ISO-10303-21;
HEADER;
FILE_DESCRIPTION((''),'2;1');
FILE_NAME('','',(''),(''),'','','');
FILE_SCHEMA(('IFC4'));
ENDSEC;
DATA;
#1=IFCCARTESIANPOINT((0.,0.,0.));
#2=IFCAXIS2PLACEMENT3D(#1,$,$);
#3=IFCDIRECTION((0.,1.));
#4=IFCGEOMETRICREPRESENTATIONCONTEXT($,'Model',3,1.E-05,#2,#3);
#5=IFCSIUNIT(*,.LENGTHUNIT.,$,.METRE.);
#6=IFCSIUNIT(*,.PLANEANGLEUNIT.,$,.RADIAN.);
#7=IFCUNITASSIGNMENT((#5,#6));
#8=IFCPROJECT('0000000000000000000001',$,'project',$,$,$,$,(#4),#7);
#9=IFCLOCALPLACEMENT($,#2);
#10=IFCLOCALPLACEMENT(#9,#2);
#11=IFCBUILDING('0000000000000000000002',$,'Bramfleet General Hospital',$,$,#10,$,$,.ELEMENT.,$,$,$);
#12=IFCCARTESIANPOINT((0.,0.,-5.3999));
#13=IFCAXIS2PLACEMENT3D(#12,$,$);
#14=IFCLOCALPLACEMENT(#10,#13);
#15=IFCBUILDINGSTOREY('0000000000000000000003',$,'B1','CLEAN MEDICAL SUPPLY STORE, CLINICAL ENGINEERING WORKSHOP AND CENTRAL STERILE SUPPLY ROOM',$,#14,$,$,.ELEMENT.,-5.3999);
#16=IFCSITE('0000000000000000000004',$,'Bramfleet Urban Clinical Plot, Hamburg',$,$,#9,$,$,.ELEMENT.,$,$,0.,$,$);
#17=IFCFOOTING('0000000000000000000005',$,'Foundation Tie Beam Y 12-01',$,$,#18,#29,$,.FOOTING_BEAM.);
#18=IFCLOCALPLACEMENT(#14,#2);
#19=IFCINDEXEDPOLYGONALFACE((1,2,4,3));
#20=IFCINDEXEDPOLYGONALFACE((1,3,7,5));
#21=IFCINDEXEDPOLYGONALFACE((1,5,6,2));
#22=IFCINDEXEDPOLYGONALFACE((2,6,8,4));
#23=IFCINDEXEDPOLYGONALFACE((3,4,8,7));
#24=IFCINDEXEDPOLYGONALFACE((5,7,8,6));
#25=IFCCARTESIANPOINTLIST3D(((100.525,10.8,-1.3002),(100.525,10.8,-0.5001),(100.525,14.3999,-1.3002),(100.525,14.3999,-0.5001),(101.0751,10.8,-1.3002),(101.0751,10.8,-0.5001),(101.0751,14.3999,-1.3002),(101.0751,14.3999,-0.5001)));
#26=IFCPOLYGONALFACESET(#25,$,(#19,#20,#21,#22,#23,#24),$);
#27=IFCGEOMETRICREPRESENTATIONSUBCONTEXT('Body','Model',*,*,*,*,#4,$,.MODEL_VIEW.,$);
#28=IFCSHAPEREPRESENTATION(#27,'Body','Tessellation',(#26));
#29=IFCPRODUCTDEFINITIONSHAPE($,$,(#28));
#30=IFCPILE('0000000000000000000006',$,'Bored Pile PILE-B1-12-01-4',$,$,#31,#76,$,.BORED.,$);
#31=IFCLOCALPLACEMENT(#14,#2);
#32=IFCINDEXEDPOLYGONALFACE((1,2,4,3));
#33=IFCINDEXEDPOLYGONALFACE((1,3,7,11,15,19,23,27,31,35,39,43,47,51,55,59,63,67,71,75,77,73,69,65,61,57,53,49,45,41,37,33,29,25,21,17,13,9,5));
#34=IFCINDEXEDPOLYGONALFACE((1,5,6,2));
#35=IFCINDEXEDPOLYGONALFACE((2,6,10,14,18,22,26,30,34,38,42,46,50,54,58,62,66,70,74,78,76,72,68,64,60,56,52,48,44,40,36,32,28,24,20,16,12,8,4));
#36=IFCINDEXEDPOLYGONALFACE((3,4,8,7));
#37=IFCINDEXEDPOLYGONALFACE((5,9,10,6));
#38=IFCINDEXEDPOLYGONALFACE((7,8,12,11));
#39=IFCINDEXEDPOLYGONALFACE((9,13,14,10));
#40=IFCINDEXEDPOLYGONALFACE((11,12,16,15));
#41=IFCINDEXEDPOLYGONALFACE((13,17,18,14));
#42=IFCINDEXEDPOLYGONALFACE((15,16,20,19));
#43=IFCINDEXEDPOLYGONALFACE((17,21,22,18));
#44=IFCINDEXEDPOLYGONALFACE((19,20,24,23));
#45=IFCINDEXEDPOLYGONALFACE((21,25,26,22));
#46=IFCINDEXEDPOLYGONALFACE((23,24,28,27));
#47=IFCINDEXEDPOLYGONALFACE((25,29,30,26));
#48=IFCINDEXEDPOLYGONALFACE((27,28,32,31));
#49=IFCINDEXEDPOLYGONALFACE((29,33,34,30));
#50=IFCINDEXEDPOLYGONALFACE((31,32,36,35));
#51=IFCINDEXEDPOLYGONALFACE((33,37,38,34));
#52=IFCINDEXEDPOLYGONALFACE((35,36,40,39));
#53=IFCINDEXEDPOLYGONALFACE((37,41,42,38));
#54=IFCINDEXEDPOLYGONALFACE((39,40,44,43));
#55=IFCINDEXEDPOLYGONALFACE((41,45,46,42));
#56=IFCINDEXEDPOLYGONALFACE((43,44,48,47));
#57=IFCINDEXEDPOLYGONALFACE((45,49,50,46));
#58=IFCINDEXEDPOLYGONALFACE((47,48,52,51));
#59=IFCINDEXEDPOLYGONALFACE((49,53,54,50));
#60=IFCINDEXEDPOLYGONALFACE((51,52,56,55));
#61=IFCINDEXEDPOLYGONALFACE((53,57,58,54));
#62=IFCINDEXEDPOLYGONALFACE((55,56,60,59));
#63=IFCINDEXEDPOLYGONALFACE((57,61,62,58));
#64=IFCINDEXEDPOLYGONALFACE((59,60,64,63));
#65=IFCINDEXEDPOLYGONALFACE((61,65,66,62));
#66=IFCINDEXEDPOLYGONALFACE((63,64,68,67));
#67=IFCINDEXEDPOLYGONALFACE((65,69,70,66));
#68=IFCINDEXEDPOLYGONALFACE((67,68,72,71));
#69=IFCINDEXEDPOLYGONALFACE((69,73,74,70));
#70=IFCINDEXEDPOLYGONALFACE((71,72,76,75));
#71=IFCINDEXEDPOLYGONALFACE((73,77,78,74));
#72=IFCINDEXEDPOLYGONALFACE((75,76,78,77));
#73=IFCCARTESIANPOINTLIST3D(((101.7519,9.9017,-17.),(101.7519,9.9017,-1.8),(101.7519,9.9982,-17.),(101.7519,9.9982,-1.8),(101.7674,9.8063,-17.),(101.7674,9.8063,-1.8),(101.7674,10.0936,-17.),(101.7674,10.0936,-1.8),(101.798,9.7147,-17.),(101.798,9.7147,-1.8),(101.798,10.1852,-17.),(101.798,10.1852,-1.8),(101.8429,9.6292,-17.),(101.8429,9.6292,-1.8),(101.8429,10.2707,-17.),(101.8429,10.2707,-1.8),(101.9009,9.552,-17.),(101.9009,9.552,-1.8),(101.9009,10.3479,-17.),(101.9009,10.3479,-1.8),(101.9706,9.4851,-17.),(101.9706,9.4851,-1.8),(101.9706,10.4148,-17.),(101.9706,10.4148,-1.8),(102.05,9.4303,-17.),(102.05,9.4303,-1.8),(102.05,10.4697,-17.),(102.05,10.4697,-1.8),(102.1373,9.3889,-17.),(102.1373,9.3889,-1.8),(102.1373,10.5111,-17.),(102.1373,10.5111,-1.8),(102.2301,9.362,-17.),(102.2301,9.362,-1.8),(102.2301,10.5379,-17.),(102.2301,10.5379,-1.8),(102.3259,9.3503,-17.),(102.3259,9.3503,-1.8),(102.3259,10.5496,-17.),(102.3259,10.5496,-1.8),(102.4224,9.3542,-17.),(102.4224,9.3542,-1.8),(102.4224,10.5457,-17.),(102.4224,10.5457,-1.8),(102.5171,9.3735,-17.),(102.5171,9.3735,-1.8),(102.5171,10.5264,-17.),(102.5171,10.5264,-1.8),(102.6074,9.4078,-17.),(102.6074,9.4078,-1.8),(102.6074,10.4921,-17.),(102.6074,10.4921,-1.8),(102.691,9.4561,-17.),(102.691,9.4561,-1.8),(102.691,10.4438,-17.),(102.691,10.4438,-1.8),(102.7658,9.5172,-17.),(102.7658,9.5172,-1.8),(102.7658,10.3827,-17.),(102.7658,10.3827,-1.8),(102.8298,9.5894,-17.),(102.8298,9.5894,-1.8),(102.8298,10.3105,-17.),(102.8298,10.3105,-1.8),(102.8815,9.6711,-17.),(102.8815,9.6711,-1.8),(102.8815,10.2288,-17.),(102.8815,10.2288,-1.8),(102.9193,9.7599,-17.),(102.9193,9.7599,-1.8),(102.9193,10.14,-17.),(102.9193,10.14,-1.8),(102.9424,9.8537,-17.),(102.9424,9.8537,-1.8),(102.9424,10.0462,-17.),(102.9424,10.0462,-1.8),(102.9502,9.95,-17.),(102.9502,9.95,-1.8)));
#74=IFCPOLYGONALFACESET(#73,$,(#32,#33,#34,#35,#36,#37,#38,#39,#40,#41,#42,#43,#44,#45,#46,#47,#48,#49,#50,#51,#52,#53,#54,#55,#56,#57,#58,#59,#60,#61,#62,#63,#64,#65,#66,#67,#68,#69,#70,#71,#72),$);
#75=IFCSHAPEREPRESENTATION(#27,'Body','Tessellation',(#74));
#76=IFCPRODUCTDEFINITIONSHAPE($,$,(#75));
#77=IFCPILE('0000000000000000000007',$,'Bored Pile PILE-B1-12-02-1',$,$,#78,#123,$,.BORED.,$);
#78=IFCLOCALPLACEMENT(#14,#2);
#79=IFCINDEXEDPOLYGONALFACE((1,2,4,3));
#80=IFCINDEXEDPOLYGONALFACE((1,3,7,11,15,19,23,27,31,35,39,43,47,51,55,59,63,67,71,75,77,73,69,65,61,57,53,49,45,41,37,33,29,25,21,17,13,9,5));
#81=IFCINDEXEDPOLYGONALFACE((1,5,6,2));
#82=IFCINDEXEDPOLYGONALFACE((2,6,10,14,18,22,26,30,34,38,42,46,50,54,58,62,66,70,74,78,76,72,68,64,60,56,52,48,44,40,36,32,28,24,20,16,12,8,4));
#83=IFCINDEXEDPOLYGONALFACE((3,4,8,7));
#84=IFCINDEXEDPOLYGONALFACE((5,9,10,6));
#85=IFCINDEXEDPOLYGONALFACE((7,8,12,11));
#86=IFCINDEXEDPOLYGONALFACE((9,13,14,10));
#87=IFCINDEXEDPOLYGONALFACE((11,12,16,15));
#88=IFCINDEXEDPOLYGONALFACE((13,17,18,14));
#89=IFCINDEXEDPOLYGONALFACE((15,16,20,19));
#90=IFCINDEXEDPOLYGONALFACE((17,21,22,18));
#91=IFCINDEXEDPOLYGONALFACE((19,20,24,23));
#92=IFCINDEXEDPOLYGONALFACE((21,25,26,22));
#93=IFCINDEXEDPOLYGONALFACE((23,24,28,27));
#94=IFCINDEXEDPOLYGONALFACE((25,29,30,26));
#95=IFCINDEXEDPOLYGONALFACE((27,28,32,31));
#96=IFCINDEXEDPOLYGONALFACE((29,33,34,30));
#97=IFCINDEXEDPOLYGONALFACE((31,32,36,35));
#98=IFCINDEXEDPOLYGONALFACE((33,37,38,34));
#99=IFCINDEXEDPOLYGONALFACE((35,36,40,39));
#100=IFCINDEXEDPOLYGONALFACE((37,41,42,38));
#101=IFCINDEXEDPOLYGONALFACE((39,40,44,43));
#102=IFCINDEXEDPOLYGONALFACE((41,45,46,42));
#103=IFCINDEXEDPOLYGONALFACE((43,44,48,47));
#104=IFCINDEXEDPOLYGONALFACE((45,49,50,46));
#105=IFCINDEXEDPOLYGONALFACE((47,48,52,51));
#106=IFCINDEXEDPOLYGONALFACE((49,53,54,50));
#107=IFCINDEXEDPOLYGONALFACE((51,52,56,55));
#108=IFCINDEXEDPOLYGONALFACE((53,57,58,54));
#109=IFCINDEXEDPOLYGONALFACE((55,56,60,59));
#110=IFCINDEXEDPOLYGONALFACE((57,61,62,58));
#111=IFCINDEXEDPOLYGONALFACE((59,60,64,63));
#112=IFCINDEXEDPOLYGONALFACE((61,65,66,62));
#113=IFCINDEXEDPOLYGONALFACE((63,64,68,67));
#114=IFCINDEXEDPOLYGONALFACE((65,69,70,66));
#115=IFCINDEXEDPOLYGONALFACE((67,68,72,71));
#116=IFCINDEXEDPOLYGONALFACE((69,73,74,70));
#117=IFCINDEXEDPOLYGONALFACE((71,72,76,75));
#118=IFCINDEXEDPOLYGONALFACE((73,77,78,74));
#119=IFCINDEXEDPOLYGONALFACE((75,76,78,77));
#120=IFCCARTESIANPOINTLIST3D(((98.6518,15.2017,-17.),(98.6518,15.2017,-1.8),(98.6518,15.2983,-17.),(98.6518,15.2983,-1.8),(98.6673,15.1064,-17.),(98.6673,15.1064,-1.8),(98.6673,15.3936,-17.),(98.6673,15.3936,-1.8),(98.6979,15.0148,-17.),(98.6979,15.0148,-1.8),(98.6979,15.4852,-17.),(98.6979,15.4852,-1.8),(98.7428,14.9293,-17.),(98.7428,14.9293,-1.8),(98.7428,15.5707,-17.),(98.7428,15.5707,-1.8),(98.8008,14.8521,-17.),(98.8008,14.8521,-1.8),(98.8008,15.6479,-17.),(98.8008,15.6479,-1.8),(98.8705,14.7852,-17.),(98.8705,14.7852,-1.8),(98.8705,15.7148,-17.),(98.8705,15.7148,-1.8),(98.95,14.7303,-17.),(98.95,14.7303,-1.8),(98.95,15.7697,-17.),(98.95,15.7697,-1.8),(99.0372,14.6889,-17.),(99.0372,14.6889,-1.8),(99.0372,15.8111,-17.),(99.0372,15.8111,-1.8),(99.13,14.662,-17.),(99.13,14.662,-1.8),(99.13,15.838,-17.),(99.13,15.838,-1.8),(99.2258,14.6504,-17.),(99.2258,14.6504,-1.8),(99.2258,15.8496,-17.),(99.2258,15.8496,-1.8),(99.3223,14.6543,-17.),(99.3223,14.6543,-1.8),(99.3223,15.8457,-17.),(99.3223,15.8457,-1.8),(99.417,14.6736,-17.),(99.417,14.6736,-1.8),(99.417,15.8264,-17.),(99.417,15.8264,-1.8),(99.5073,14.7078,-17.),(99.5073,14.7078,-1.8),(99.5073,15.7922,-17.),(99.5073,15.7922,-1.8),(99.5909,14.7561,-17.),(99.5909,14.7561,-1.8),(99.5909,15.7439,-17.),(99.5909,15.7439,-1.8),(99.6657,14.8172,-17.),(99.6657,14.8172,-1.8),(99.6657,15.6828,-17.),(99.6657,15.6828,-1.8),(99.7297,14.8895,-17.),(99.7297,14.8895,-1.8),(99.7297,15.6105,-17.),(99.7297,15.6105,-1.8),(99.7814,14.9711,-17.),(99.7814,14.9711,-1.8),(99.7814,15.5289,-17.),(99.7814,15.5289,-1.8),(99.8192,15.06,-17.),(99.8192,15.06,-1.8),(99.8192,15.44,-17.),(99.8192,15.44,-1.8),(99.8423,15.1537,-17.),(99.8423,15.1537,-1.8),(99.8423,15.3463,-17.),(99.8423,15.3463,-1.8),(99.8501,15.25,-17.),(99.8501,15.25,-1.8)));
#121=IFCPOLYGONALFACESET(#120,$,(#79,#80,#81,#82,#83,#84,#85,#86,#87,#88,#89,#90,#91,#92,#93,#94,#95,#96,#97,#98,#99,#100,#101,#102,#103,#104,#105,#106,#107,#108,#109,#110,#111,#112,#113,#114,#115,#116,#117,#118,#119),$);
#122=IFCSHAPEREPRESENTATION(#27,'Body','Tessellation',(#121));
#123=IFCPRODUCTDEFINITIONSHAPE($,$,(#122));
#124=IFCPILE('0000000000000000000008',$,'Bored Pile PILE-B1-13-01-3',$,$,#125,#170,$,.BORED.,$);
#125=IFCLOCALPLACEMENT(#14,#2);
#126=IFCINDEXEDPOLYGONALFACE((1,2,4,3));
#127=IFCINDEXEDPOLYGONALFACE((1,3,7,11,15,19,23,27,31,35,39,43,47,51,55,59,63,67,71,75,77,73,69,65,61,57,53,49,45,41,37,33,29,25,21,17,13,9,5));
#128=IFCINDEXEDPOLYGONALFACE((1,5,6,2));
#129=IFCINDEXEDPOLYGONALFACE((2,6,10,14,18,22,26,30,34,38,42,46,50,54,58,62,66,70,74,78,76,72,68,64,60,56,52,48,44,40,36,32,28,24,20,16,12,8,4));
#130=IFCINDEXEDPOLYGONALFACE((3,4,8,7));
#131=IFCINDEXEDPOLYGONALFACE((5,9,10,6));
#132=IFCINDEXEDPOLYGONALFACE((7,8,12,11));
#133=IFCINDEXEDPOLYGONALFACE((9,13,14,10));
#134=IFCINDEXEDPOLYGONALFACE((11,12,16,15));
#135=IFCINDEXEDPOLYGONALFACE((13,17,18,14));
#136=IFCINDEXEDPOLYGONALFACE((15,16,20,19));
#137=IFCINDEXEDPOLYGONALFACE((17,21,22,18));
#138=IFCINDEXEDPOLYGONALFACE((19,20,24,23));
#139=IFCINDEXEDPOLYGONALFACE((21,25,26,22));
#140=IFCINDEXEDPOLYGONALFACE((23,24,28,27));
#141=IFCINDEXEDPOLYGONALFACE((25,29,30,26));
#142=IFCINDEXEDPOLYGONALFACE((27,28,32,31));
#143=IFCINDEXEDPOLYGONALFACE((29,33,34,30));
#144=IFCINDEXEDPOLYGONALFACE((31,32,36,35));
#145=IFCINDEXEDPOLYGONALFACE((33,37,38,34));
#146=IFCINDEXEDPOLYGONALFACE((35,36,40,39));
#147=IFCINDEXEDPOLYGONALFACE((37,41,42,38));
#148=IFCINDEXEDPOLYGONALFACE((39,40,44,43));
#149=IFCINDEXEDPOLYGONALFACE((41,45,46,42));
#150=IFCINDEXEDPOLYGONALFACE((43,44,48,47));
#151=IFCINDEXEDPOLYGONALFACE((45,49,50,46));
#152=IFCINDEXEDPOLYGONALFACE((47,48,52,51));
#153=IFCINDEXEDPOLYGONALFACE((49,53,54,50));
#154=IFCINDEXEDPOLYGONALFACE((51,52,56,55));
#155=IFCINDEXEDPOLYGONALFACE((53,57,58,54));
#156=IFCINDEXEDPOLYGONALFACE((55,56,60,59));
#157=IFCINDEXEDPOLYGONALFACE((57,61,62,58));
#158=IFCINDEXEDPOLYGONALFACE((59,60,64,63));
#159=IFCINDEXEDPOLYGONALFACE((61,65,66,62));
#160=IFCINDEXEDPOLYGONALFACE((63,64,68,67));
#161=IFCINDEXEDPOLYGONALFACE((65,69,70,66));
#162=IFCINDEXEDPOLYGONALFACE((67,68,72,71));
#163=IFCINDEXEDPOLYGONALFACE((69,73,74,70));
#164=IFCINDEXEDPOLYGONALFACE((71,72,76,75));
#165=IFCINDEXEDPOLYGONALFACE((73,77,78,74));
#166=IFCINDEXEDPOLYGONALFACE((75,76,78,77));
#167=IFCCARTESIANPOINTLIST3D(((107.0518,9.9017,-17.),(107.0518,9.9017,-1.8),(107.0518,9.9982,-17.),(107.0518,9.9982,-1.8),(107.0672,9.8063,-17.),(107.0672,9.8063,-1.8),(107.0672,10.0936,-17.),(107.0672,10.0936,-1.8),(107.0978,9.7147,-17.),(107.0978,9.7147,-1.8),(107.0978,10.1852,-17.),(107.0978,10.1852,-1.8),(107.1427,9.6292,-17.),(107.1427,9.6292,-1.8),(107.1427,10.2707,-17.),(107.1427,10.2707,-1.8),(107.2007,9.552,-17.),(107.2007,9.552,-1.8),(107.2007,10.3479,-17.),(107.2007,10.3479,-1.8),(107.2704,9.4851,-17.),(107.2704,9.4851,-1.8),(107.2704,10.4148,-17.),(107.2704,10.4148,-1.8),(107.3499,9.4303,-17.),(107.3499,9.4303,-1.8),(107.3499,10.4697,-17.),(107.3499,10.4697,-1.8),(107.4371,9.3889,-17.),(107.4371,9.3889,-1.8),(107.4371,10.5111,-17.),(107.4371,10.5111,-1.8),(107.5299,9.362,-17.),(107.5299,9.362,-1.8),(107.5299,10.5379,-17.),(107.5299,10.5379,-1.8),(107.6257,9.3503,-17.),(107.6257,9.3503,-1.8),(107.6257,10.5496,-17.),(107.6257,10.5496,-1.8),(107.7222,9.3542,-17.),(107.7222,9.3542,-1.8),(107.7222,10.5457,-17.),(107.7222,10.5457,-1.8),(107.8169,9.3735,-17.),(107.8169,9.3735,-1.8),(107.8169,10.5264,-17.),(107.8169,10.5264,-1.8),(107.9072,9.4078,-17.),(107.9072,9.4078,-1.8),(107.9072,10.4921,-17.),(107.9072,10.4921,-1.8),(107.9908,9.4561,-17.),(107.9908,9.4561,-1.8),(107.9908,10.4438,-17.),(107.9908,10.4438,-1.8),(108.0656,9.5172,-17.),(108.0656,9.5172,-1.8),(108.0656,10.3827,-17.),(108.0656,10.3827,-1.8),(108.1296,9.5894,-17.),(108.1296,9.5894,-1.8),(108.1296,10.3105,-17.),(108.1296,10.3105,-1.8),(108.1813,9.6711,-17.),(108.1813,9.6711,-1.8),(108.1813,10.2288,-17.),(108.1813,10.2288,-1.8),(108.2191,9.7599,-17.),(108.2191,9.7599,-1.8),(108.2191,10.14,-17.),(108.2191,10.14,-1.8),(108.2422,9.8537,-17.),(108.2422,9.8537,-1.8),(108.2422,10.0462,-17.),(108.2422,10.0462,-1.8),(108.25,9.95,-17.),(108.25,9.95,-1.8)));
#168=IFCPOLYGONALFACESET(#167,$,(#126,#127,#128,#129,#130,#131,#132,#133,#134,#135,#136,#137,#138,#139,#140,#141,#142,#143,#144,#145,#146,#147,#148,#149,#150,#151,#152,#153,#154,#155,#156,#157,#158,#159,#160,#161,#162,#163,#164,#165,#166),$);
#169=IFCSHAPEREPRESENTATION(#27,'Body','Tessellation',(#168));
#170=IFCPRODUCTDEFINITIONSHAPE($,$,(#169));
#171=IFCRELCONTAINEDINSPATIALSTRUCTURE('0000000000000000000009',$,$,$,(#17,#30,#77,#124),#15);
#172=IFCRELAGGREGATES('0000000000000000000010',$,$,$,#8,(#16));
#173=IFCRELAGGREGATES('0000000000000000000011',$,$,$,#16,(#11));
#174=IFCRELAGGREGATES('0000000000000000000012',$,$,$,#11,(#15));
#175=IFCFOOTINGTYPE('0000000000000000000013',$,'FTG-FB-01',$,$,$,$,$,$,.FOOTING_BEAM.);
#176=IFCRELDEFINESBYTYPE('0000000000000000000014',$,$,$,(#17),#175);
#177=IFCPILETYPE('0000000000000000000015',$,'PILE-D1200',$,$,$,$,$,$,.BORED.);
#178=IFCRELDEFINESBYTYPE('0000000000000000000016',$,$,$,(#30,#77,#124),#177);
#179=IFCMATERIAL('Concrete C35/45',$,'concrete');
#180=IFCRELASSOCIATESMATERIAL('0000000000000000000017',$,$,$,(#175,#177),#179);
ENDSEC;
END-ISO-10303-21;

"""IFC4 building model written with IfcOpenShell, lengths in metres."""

from ifc_helpers import new_model, si_unit, direction, frame, origin, origin_2d, place, context, subcontext, project, spatial, rectangle, circle, extrude, material, material_profile, profile_set, type_object, element, save


model = new_model("IFC4")

# Units and contexts
model_context = context("Model", 3, precision=1e-05, world=origin(), true_north=direction((0.0, 1.0)))
body_context = subcontext(model_context, "Body", "Model", "MODEL_VIEW")
ifc_project = project(units=[si_unit("LENGTHUNIT", "METRE"), si_unit("PLANEANGLEUNIT", "RADIAN")], contexts=[model_context])

# Site, building, storey
site_placement = place(None, origin())
site = spatial("IfcSite", under=ifc_project, at=site_placement, Name="Bramfleet Urban Clinical Plot, Hamburg", CompositionType="ELEMENT", RefElevation=0.0)
building_placement = place(site_placement, origin())
building = spatial("IfcBuilding", under=site, at=building_placement, Name="Bramfleet General Hospital", CompositionType="ELEMENT")
storey_placement = place(building_placement, frame((0.0, 0.0, -5.3999)))
storey = spatial("IfcBuildingStorey", under=building, at=storey_placement, Name="B1", Description="CLEAN MEDICAL SUPPLY STORE, CLINICAL ENGINEERING WORKSHOP AND CENTRAL STERILE SUPPLY ROOM", CompositionType="ELEMENT", Elevation=-5.3999)

# Footing
ifc_material_1 = material(Name="Concrete C35/45", Category="concrete")
ifc_material_profile_1 = material_profile(ifc_material_1, rectangle(XDim=0.55, YDim=0.8, at=origin_2d()), Name="RC FB 800x550")
ifc_profile_set_1 = profile_set([ifc_material_profile_1], Name="Concrete C35/45")
footing_type = type_object("IfcFootingType", Name="FTG-FB-01", PredefinedType="FOOTING_BEAM", material=ifc_profile_set_1)
footing_placement = place(storey_placement, frame((100.8, 10.8, -0.9001), z_axis=(0.0, 1.0, 0.0), x_axis=(-1.0, 0.0, 0.0)))
element("IfcFooting", 1, at=footing_placement, inside=storey, type_object=footing_type, Name="Foundation Tie Beam Y 12-01", PredefinedType="FOOTING_BEAM", context=body_context, shape_type="SweptSolid", body=[
    extrude(rectangle(XDim=0.55, YDim=0.8, at=origin_2d()), origin(), (0.0, 0.0, 1.0), 3.5999),
])

# Piles
ifc_material_profile_2 = material_profile(ifc_material_1, circle(Radius=0.6001, at=origin_2d()), Name="PILE BORED D1200")
ifc_profile_set_2 = profile_set([ifc_material_profile_2], Name="Concrete C35/45")
pile_type = type_object("IfcPileType", Name="PILE-D1200", PredefinedType="BORED", material=ifc_profile_set_2)
for number, where, z_axis, x_axis, name in (
    (2, (102.3501, 9.95, -1.8), (0.0, 0.0, -1.0), (1.0, 0.0, 0.0), "Bored Pile PILE-B1-12-01-4"),
    (3, (99.25, 15.25, -1.8), (0.0, 0.0, -1.0), (1.0, 0.0, 0.0), "Bored Pile PILE-B1-12-02-1"),
    (4, (107.6499, 9.95, -1.8), (0.0, 0.0, -1.0), (1.0, 0.0, 0.0), "Bored Pile PILE-B1-13-01-3"),
):
    element("IfcPile", number, at=place(storey_placement, frame(where, z_axis=z_axis, x_axis=x_axis)), inside=storey, type_object=pile_type, Name=name, PredefinedType="BORED", context=body_context, shape_type="SweptSolid", body=[
        extrude(circle(Radius=0.6001, at=origin_2d()), origin(), (0.0, 0.0, 1.0), 15.2),
    ])

save(model, "model.ifc")
